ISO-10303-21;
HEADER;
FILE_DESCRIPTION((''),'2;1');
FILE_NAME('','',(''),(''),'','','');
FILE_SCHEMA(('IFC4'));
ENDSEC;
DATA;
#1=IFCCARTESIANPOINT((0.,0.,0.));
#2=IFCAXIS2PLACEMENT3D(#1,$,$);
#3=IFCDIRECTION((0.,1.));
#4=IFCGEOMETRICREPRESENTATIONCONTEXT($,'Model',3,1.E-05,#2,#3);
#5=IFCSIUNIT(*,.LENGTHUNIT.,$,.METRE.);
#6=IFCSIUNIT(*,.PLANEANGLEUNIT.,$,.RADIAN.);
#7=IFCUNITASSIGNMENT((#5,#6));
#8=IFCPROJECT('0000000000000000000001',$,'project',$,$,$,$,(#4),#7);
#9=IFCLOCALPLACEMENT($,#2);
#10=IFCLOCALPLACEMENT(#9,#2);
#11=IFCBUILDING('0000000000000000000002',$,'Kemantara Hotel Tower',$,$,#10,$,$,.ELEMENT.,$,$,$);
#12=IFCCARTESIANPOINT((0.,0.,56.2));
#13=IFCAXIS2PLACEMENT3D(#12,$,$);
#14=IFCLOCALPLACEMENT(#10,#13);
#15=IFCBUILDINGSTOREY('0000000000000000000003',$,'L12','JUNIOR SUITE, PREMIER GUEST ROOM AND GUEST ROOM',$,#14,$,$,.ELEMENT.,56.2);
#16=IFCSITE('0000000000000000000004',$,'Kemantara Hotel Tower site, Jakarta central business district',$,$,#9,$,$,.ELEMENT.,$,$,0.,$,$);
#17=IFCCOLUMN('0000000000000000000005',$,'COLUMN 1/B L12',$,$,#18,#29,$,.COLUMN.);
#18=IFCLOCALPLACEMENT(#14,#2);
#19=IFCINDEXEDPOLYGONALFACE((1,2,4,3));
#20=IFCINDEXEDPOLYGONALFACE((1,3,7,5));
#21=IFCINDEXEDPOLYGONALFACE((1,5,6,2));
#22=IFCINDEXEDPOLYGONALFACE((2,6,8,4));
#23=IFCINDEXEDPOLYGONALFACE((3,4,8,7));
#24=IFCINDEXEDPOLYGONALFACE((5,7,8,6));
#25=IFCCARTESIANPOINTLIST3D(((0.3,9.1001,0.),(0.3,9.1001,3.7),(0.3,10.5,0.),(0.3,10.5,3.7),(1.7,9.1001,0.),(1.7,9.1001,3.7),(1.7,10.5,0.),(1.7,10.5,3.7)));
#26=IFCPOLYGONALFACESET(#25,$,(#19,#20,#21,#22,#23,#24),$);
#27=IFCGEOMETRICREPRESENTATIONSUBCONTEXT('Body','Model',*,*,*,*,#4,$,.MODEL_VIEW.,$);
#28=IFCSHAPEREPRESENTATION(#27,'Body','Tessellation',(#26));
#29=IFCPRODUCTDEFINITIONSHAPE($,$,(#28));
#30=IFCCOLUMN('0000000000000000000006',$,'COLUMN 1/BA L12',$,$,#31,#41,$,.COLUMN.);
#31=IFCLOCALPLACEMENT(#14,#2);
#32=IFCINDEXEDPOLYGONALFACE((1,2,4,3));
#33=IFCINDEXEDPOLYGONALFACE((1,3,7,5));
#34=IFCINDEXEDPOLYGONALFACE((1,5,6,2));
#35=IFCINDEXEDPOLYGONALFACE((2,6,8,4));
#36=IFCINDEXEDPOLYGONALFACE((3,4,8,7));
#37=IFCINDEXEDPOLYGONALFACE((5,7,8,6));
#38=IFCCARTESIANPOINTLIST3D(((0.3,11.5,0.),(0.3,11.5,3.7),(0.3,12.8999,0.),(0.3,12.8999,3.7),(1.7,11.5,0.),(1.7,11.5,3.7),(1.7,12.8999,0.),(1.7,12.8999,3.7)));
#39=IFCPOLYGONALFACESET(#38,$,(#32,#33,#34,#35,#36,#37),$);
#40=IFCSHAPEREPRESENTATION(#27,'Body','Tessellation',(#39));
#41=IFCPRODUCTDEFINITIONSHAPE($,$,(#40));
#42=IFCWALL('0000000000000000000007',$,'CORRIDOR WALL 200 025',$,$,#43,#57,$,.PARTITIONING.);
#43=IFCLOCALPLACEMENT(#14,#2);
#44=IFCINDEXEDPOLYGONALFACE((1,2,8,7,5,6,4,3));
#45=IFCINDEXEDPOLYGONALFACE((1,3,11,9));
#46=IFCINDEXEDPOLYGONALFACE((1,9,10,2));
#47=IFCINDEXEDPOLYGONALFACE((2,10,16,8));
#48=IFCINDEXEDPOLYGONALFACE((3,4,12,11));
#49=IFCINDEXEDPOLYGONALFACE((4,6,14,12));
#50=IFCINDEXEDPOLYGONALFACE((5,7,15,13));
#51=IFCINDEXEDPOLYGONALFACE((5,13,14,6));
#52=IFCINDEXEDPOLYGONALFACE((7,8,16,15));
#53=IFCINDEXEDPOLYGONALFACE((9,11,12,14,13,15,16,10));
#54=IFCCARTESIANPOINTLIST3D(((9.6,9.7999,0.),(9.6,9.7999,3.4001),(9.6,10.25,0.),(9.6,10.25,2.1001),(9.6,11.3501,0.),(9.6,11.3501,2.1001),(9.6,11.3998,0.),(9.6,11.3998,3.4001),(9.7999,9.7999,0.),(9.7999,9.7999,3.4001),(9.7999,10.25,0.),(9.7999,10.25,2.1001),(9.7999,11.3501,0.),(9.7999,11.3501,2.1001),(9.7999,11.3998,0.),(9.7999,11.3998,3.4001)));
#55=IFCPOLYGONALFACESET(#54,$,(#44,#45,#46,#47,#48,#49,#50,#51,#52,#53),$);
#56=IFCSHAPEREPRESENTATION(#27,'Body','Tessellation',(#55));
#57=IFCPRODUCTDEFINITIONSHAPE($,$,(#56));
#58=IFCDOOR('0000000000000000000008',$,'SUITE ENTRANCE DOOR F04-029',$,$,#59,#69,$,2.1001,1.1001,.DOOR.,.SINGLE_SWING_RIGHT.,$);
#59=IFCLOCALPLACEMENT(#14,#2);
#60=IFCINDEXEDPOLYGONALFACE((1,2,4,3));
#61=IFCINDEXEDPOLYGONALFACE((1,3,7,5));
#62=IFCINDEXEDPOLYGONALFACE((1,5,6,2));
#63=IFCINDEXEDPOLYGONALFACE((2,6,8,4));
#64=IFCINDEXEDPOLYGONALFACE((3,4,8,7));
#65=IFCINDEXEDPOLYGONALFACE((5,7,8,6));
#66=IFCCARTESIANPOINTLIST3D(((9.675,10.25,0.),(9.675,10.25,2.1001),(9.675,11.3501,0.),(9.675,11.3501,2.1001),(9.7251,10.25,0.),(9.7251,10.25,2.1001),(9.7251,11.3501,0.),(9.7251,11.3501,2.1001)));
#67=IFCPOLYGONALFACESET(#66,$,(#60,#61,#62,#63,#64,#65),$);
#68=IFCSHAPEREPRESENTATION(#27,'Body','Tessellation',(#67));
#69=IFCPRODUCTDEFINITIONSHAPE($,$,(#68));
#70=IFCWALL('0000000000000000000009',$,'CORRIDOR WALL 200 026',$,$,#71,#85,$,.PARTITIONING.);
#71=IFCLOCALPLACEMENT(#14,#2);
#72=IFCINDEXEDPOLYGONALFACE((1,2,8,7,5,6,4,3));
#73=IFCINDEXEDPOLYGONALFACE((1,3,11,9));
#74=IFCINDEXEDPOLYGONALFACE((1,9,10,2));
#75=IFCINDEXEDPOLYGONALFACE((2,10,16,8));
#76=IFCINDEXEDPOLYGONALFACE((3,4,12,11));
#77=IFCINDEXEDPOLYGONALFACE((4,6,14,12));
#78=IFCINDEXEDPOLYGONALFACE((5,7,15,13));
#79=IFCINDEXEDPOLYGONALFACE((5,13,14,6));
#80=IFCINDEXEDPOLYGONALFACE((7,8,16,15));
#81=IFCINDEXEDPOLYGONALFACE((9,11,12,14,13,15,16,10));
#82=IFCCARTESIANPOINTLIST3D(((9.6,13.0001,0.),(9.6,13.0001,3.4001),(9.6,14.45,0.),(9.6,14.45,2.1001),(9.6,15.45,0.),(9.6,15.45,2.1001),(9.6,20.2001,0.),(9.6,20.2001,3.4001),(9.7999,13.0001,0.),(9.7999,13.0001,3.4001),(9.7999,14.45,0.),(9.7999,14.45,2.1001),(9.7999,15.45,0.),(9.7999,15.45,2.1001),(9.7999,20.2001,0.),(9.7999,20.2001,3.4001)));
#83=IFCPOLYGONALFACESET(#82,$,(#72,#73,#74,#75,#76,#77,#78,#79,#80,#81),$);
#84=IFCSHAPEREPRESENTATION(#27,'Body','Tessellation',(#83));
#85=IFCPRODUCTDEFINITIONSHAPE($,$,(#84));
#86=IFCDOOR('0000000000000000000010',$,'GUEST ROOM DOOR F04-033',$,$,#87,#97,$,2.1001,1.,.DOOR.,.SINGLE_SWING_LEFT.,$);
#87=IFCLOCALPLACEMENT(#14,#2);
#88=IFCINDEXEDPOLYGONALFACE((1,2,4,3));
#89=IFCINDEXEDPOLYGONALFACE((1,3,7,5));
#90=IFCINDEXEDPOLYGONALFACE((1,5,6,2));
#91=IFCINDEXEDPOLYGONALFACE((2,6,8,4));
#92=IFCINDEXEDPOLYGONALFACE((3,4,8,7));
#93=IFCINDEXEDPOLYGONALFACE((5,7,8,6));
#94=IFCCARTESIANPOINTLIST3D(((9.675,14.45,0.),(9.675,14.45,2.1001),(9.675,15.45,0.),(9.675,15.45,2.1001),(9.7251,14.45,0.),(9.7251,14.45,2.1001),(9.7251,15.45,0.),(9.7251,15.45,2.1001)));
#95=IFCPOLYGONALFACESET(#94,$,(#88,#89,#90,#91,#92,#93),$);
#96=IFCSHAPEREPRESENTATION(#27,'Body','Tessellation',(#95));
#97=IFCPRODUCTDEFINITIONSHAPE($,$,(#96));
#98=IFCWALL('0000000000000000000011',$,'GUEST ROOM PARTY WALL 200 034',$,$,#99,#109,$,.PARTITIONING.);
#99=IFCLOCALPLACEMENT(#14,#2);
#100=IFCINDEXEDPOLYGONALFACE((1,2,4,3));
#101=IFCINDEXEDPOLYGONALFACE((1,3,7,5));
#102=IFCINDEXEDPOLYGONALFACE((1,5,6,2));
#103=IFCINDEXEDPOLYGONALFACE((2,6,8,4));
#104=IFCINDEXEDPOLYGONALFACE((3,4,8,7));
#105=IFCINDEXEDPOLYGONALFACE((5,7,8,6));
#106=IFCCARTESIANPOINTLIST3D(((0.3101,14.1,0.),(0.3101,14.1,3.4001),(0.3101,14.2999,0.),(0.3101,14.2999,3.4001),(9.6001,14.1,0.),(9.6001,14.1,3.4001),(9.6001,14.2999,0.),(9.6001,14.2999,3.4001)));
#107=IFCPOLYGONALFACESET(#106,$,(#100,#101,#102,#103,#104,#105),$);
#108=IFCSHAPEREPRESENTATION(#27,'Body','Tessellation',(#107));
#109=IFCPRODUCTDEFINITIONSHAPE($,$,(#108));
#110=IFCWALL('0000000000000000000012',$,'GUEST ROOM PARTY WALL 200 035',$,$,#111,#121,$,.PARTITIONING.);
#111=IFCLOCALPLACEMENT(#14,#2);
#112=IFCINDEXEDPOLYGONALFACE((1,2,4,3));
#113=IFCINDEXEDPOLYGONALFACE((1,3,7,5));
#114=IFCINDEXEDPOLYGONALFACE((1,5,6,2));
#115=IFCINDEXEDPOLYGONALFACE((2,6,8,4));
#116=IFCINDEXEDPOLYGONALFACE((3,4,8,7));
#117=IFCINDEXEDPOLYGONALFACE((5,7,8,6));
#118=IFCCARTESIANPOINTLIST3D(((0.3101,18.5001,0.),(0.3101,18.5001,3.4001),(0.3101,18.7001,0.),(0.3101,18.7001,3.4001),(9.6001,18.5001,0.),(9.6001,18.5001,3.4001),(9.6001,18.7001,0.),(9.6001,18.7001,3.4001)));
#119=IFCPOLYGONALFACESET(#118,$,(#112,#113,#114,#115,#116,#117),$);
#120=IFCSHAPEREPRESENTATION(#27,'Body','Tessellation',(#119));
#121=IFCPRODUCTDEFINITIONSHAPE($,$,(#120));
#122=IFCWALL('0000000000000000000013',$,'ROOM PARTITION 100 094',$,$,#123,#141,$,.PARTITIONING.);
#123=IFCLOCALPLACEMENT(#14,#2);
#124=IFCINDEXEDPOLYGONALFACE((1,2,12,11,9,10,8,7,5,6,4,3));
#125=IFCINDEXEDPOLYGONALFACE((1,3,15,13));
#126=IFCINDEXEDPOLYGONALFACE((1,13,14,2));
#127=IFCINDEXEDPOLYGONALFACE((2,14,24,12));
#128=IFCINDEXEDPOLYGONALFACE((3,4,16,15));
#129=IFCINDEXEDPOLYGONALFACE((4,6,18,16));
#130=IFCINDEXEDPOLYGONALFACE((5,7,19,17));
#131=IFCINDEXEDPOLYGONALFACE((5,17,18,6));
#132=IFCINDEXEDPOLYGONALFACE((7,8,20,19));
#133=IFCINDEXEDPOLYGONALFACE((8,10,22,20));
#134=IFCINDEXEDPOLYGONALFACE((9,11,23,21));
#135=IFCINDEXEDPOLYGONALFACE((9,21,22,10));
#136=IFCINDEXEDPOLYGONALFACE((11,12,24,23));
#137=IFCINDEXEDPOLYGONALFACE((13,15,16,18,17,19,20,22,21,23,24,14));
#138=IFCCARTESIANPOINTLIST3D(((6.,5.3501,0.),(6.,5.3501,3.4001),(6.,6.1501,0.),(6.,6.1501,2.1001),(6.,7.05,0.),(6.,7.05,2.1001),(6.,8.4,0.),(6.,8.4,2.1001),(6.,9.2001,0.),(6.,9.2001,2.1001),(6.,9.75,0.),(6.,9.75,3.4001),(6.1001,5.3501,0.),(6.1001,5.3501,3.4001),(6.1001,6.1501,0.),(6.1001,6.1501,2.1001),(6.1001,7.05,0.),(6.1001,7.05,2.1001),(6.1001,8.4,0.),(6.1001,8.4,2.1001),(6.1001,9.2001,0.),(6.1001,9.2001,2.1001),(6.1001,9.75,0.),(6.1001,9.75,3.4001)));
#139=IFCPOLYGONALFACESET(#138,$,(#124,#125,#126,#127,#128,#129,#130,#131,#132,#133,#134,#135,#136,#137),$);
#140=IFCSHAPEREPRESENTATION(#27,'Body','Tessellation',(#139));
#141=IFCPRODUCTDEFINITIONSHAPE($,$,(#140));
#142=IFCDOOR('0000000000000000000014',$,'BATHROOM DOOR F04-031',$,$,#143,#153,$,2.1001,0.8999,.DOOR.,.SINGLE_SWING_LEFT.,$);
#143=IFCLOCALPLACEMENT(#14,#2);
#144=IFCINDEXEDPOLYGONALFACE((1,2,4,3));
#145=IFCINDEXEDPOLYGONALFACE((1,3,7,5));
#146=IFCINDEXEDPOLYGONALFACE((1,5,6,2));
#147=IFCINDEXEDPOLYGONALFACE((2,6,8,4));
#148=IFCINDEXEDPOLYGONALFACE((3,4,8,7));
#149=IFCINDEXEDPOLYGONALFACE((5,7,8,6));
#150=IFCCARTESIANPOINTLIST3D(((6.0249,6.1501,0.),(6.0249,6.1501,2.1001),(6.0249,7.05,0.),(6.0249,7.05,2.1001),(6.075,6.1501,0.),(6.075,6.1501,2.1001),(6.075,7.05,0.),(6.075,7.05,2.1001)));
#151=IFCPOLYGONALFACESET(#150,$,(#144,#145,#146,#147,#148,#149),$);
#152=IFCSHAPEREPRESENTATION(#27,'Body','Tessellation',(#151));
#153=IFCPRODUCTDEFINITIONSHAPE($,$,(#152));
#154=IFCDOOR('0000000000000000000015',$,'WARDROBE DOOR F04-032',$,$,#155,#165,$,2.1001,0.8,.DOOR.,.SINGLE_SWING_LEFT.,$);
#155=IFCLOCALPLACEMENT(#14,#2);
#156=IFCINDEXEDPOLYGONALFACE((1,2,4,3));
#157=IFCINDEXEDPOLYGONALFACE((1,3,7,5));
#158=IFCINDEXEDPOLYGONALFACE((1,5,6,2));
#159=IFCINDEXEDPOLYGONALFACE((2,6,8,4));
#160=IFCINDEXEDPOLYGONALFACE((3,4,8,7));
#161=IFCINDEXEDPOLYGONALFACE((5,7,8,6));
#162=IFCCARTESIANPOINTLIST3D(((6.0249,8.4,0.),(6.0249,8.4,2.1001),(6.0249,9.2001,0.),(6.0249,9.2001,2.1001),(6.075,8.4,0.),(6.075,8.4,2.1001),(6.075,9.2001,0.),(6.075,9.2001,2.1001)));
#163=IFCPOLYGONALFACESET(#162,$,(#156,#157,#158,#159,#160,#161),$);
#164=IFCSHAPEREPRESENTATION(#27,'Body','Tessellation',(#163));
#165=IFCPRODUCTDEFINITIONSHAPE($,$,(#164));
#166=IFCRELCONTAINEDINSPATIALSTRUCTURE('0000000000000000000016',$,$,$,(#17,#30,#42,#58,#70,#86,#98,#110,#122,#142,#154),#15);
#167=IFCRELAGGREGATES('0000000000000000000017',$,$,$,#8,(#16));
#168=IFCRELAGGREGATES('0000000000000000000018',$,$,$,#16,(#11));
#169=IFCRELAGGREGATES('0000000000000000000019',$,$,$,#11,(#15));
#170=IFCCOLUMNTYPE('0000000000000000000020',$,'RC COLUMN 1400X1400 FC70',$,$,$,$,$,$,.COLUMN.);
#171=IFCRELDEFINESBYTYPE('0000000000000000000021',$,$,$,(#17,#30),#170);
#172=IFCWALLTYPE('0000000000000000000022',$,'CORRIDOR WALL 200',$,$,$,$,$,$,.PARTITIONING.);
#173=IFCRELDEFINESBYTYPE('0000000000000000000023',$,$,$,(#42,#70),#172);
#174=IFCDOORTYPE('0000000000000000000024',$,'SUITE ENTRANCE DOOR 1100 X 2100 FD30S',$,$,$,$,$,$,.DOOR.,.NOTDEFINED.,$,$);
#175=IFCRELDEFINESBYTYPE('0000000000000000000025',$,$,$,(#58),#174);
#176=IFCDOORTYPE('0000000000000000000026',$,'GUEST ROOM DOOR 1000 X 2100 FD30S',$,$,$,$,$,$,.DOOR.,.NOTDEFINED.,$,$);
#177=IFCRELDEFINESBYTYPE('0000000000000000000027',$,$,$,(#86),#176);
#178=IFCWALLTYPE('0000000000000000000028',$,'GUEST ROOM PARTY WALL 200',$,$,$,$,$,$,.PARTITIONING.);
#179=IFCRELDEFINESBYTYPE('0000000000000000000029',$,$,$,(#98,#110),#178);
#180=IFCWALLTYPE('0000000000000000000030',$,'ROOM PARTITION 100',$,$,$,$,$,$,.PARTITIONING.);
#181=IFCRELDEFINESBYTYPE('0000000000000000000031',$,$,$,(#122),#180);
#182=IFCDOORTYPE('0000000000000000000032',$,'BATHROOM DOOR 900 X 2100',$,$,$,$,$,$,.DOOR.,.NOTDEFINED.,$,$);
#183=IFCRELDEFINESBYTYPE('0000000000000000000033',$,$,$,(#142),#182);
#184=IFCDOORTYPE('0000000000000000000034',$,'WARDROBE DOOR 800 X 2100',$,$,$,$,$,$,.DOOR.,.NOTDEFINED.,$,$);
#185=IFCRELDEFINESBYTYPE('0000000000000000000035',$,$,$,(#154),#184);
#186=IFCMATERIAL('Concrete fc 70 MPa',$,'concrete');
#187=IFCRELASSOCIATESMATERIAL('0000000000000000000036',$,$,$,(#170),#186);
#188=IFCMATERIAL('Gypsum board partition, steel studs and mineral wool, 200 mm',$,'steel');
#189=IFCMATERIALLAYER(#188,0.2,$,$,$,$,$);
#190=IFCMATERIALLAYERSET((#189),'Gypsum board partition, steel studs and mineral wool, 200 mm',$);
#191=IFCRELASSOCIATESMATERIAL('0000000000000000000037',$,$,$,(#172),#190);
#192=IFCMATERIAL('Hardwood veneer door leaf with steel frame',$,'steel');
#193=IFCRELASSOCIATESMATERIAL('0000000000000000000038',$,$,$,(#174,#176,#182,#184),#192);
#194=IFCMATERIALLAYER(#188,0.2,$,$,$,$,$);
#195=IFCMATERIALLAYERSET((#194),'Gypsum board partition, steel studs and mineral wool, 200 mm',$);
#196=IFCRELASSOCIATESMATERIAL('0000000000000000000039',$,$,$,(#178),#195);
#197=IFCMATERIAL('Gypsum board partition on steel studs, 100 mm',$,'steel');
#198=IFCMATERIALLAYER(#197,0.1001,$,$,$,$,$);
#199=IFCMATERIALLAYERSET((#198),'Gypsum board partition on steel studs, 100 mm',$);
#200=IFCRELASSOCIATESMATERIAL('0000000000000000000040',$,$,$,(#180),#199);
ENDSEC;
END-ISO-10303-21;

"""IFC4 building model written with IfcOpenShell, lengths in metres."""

from ifc_helpers import new_model, si_unit, direction, frame, frame_2d, origin, origin_2d, place, context, subcontext, project, spatial, rectangle, extrude, material, layer, layer_set, material_profile, profile_set, type_object, element, fill, save


model = new_model("IFC4")

# Units and contexts
model_context = context("Model", 3, precision=1e-05, world=origin(), true_north=direction((0.0, 1.0)))
body_context = subcontext(model_context, "Body", "Model", "MODEL_VIEW")
ifc_project = project(units=[si_unit("LENGTHUNIT", "METRE"), si_unit("PLANEANGLEUNIT", "RADIAN")], contexts=[model_context])

# Site, building, storey
site_placement = place(None, origin())
site = spatial("IfcSite", under=ifc_project, at=site_placement, Name="Kemantara Hotel Tower site, Jakarta central business district", CompositionType="ELEMENT", RefElevation=0.0)
building_placement = place(site_placement, origin())
building = spatial("IfcBuilding", under=site, at=building_placement, Name="Kemantara Hotel Tower", CompositionType="ELEMENT")
storey_placement = place(building_placement, frame((0.0, 0.0, 56.2)))
storey = spatial("IfcBuildingStorey", under=building, at=storey_placement, Name="L12", Description="JUNIOR SUITE, PREMIER GUEST ROOM AND GUEST ROOM", CompositionType="ELEMENT", Elevation=56.2)

# Columns
ifc_material_1 = material(Name="Concrete fc 70 MPa", Category="concrete")
ifc_material_profile = material_profile(ifc_material_1, rectangle(XDim=1.3999, YDim=1.3999, at=origin_2d()), Name="RC 1400X1400")
ifc_profile_set = profile_set([ifc_material_profile], Name="Concrete fc 70 MPa")
column_type = type_object("IfcColumnType", Name="RC COLUMN 1400X1400 FC70", PredefinedType="COLUMN", material=ifc_profile_set)
for number, where, z_axis, x_axis, name in (
    (1, (1.0, 9.8, 0.0), (0.0, 0.0, 1.0), (1.0, 0.0, 0.0), "COLUMN 1/B L12"),
    (2, (1.0, 12.2, 0.0), (0.0, 0.0, 1.0), (1.0, 0.0, 0.0), "COLUMN 1/BA L12"),
):
    element("IfcColumn", number, at=place(storey_placement, frame(where, z_axis=z_axis, x_axis=x_axis)), inside=storey, type_object=column_type, Name=name, PredefinedType="COLUMN", context=body_context, shape_type="SweptSolid", body=[
        extrude(rectangle(XDim=1.3999, YDim=1.3999, at=origin_2d()), origin(), (0.0, 0.0, 1.0), 3.7),
    ])

# Walls, openings, doors
ifc_material_2 = material(Name="Gypsum board partition, steel studs and mineral wool, 200 mm", Category="steel")
ifc_layer_1 = layer(ifc_material_2, 0.2)
ifc_layer_set_1 = layer_set([ifc_layer_1], Name="Gypsum board partition, steel studs and mineral wool, 200 mm")
wall_type_1 = type_object("IfcWallType", Name="CORRIDOR WALL 200", PredefinedType="PARTITIONING", material=ifc_layer_set_1)
wall_1_placement = place(storey_placement, frame((9.7, 9.8, 0.0), z_axis=(0.0, 0.0, 1.0), x_axis=(0.0, 1.0, 0.0)))
wall_1 = element("IfcWall", 3, at=wall_1_placement, inside=storey, type_object=wall_type_1, Name="CORRIDOR WALL 200 025", PredefinedType="PARTITIONING", context=body_context, shape_type="SweptSolid", body=[
    extrude(rectangle(XDim=1.5999, YDim=0.2, at=frame_2d((0.7998, 0.0))), origin(), (0.0, 0.0, 1.0), 3.4001),
])
opening_1_placement = place(wall_1_placement, frame((0.45, 0.0, 0.0)))
opening_1 = element("IfcOpeningElement", 4, at=opening_1_placement, cuts=wall_1, PredefinedType="OPENING", context=body_context, shape_type="SweptSolid", body=[
    extrude(rectangle(XDim=1.1001, YDim=2.1001, at=frame_2d((0.55, 1.05))), frame((0.0, 0.1099, 0.0), z_axis=(0.0, -1.0, 0.0), x_axis=(1.0, 0.0, 0.0)), (0.0, 0.0, 1.0), 0.22),
])
ifc_material_3 = material(Name="Hardwood veneer door leaf with steel frame", Category="steel")
door_type_1 = type_object("IfcDoorType", Name="SUITE ENTRANCE DOOR 1100 X 2100 FD30S", OperationType="NOTDEFINED", PredefinedType="DOOR", material=ifc_material_3)
door_1_placement = place(opening_1_placement, origin())
door_1 = element("IfcDoor", 5, at=door_1_placement, inside=storey, type_object=door_type_1, Name="SUITE ENTRANCE DOOR F04-029", OperationType="SINGLE_SWING_RIGHT", OverallHeight=2.1001, OverallWidth=1.1001, PredefinedType="DOOR", context=body_context, shape_type="SweptSolid", body=[
    extrude(rectangle(XDim=1.1001, YDim=2.1001, at=frame_2d((0.55, 1.05))), frame((0.0, 0.0249, 0.0), z_axis=(0.0, -1.0, 0.0), x_axis=(1.0, 0.0, 0.0)), (0.0, 0.0, 1.0), 0.05),
])
fill(opening_1, door_1)
wall_2_placement = place(storey_placement, frame((9.7, 13.0, 0.0), z_axis=(0.0, 0.0, 1.0), x_axis=(0.0, 1.0, 0.0)))
wall_2 = element("IfcWall", 6, at=wall_2_placement, inside=storey, type_object=wall_type_1, Name="CORRIDOR WALL 200 026", PredefinedType="PARTITIONING", context=body_context, shape_type="SweptSolid", body=[
    extrude(rectangle(XDim=7.2, YDim=0.2, at=frame_2d((3.6001, 0.0))), origin(), (0.0, 0.0, 1.0), 3.4001),
])
opening_2_placement = place(wall_2_placement, frame((1.45, 0.0, 0.0)))
opening_2 = element("IfcOpeningElement", 7, at=opening_2_placement, cuts=wall_2, PredefinedType="OPENING", context=body_context, shape_type="SweptSolid", body=[
    extrude(rectangle(XDim=1.0, YDim=2.1001, at=frame_2d((0.5, 1.05))), frame((0.0, 0.1099, 0.0), z_axis=(0.0, -1.0, 0.0), x_axis=(1.0, 0.0, 0.0)), (0.0, 0.0, 1.0), 0.22),
])
door_type_2 = type_object("IfcDoorType", Name="GUEST ROOM DOOR 1000 X 2100 FD30S", OperationType="NOTDEFINED", PredefinedType="DOOR", material=ifc_material_3)
door_2_placement = place(opening_2_placement, origin())
door_2 = element("IfcDoor", 8, at=door_2_placement, inside=storey, type_object=door_type_2, Name="GUEST ROOM DOOR F04-033", OperationType="SINGLE_SWING_LEFT", OverallHeight=2.1001, OverallWidth=1.0, PredefinedType="DOOR", context=body_context, shape_type="SweptSolid", body=[
    extrude(rectangle(XDim=1.0, YDim=2.1001, at=frame_2d((0.5, 1.05))), frame((0.0, 0.0249, 0.0), z_axis=(0.0, -1.0, 0.0), x_axis=(1.0, 0.0, 0.0)), (0.0, 0.0, 1.0), 0.05),
])
fill(opening_2, door_2)

# Walls
ifc_layer_2 = layer(ifc_material_2, 0.2)
ifc_layer_set_2 = layer_set([ifc_layer_2], Name="Gypsum board partition, steel studs and mineral wool, 200 mm")
wall_type_2 = type_object("IfcWallType", Name="GUEST ROOM PARTY WALL 200", PredefinedType="PARTITIONING", material=ifc_layer_set_2)
for number, where, z_axis, x_axis, name in (
    (9, (0.3101, 14.2, 0.0), (0.0, 0.0, 1.0), (1.0, 0.0, 0.0), "GUEST ROOM PARTY WALL 200 034"),
    (10, (0.3101, 18.6001, 0.0), (0.0, 0.0, 1.0), (1.0, 0.0, 0.0), "GUEST ROOM PARTY WALL 200 035"),
):
    element("IfcWall", number, at=place(storey_placement, frame(where, z_axis=z_axis, x_axis=x_axis)), inside=storey, type_object=wall_type_2, Name=name, PredefinedType="PARTITIONING", context=body_context, shape_type="SweptSolid", body=[
        extrude(rectangle(XDim=9.29, YDim=0.2, at=frame_2d((4.645, 0.0))), origin(), (0.0, 0.0, 1.0), 3.4001),
    ])

# Wall, openings, doors
ifc_material_4 = material(Name="Gypsum board partition on steel studs, 100 mm", Category="steel")
ifc_layer_3 = layer(ifc_material_4, 0.1001)
ifc_layer_set_3 = layer_set([ifc_layer_3], Name="Gypsum board partition on steel studs, 100 mm")
wall_type_3 = type_object("IfcWallType", Name="ROOM PARTITION 100", PredefinedType="PARTITIONING", material=ifc_layer_set_3)
wall_3_placement = place(storey_placement, frame((6.05, 9.75, 0.0), z_axis=(0.0, 0.0, 1.0), x_axis=(0.0, -1.0, 0.0)))
wall_3 = element("IfcWall", 11, at=wall_3_placement, inside=storey, type_object=wall_type_3, Name="ROOM PARTITION 100 094", PredefinedType="PARTITIONING", context=body_context, shape_type="SweptSolid", body=[
    extrude(rectangle(XDim=4.3999, YDim=0.1001, at=frame_2d((2.2, 0.0))), origin(), (0.0, 0.0, 1.0), 3.4001),
])
opening_3_placement = place(wall_3_placement, frame((2.7, 0.0, 0.0)))
opening_3 = element("IfcOpeningElement", 12, at=opening_3_placement, cuts=wall_3, PredefinedType="OPENING", context=body_context, shape_type="SweptSolid", body=[
    extrude(rectangle(XDim=0.8999, YDim=2.1001, at=frame_2d((0.45, 1.05))), frame((0.0, 0.0601, 0.0), z_axis=(0.0, -1.0, 0.0), x_axis=(1.0, 0.0, 0.0)), (0.0, 0.0, 1.0), 0.1201),
])
opening_4_placement = place(wall_3_placement, frame((0.55, 0.0, 0.0)))
opening_4 = element("IfcOpeningElement", 13, at=opening_4_placement, cuts=wall_3, PredefinedType="OPENING", context=body_context, shape_type="SweptSolid", body=[
    extrude(rectangle(XDim=0.8, YDim=2.1001, at=frame_2d((0.3999, 1.05))), frame((0.0, 0.0601, 0.0), z_axis=(0.0, -1.0, 0.0), x_axis=(1.0, 0.0, 0.0)), (0.0, 0.0, 1.0), 0.1201),
])
door_type_3 = type_object("IfcDoorType", Name="BATHROOM DOOR 900 X 2100", OperationType="NOTDEFINED", PredefinedType="DOOR", material=ifc_material_3)
door_3_placement = place(opening_3_placement, origin())
door_3 = element("IfcDoor", 14, at=door_3_placement, inside=storey, type_object=door_type_3, Name="BATHROOM DOOR F04-031", OperationType="SINGLE_SWING_LEFT", OverallHeight=2.1001, OverallWidth=0.8999, PredefinedType="DOOR", context=body_context, shape_type="SweptSolid", body=[
    extrude(rectangle(XDim=0.8999, YDim=2.1001, at=frame_2d((0.45, 1.05))), frame((0.0, 0.0249, 0.0), z_axis=(0.0, -1.0, 0.0), x_axis=(1.0, 0.0, 0.0)), (0.0, 0.0, 1.0), 0.05),
])
fill(opening_3, door_3)
door_type_4 = type_object("IfcDoorType", Name="WARDROBE DOOR 800 X 2100", OperationType="NOTDEFINED", PredefinedType="DOOR", material=ifc_material_3)
door_4_placement = place(opening_4_placement, origin())
door_4 = element("IfcDoor", 15, at=door_4_placement, inside=storey, type_object=door_type_4, Name="WARDROBE DOOR F04-032", OperationType="SINGLE_SWING_LEFT", OverallHeight=2.1001, OverallWidth=0.8, PredefinedType="DOOR", context=body_context, shape_type="SweptSolid", body=[
    extrude(rectangle(XDim=0.8, YDim=2.1001, at=frame_2d((0.3999, 1.05))), frame((0.0, 0.0249, 0.0), z_axis=(0.0, -1.0, 0.0), x_axis=(1.0, 0.0, 0.0)), (0.0, 0.0, 1.0), 0.05),
])
fill(opening_4, door_4)

save(model, "model.ifc")
